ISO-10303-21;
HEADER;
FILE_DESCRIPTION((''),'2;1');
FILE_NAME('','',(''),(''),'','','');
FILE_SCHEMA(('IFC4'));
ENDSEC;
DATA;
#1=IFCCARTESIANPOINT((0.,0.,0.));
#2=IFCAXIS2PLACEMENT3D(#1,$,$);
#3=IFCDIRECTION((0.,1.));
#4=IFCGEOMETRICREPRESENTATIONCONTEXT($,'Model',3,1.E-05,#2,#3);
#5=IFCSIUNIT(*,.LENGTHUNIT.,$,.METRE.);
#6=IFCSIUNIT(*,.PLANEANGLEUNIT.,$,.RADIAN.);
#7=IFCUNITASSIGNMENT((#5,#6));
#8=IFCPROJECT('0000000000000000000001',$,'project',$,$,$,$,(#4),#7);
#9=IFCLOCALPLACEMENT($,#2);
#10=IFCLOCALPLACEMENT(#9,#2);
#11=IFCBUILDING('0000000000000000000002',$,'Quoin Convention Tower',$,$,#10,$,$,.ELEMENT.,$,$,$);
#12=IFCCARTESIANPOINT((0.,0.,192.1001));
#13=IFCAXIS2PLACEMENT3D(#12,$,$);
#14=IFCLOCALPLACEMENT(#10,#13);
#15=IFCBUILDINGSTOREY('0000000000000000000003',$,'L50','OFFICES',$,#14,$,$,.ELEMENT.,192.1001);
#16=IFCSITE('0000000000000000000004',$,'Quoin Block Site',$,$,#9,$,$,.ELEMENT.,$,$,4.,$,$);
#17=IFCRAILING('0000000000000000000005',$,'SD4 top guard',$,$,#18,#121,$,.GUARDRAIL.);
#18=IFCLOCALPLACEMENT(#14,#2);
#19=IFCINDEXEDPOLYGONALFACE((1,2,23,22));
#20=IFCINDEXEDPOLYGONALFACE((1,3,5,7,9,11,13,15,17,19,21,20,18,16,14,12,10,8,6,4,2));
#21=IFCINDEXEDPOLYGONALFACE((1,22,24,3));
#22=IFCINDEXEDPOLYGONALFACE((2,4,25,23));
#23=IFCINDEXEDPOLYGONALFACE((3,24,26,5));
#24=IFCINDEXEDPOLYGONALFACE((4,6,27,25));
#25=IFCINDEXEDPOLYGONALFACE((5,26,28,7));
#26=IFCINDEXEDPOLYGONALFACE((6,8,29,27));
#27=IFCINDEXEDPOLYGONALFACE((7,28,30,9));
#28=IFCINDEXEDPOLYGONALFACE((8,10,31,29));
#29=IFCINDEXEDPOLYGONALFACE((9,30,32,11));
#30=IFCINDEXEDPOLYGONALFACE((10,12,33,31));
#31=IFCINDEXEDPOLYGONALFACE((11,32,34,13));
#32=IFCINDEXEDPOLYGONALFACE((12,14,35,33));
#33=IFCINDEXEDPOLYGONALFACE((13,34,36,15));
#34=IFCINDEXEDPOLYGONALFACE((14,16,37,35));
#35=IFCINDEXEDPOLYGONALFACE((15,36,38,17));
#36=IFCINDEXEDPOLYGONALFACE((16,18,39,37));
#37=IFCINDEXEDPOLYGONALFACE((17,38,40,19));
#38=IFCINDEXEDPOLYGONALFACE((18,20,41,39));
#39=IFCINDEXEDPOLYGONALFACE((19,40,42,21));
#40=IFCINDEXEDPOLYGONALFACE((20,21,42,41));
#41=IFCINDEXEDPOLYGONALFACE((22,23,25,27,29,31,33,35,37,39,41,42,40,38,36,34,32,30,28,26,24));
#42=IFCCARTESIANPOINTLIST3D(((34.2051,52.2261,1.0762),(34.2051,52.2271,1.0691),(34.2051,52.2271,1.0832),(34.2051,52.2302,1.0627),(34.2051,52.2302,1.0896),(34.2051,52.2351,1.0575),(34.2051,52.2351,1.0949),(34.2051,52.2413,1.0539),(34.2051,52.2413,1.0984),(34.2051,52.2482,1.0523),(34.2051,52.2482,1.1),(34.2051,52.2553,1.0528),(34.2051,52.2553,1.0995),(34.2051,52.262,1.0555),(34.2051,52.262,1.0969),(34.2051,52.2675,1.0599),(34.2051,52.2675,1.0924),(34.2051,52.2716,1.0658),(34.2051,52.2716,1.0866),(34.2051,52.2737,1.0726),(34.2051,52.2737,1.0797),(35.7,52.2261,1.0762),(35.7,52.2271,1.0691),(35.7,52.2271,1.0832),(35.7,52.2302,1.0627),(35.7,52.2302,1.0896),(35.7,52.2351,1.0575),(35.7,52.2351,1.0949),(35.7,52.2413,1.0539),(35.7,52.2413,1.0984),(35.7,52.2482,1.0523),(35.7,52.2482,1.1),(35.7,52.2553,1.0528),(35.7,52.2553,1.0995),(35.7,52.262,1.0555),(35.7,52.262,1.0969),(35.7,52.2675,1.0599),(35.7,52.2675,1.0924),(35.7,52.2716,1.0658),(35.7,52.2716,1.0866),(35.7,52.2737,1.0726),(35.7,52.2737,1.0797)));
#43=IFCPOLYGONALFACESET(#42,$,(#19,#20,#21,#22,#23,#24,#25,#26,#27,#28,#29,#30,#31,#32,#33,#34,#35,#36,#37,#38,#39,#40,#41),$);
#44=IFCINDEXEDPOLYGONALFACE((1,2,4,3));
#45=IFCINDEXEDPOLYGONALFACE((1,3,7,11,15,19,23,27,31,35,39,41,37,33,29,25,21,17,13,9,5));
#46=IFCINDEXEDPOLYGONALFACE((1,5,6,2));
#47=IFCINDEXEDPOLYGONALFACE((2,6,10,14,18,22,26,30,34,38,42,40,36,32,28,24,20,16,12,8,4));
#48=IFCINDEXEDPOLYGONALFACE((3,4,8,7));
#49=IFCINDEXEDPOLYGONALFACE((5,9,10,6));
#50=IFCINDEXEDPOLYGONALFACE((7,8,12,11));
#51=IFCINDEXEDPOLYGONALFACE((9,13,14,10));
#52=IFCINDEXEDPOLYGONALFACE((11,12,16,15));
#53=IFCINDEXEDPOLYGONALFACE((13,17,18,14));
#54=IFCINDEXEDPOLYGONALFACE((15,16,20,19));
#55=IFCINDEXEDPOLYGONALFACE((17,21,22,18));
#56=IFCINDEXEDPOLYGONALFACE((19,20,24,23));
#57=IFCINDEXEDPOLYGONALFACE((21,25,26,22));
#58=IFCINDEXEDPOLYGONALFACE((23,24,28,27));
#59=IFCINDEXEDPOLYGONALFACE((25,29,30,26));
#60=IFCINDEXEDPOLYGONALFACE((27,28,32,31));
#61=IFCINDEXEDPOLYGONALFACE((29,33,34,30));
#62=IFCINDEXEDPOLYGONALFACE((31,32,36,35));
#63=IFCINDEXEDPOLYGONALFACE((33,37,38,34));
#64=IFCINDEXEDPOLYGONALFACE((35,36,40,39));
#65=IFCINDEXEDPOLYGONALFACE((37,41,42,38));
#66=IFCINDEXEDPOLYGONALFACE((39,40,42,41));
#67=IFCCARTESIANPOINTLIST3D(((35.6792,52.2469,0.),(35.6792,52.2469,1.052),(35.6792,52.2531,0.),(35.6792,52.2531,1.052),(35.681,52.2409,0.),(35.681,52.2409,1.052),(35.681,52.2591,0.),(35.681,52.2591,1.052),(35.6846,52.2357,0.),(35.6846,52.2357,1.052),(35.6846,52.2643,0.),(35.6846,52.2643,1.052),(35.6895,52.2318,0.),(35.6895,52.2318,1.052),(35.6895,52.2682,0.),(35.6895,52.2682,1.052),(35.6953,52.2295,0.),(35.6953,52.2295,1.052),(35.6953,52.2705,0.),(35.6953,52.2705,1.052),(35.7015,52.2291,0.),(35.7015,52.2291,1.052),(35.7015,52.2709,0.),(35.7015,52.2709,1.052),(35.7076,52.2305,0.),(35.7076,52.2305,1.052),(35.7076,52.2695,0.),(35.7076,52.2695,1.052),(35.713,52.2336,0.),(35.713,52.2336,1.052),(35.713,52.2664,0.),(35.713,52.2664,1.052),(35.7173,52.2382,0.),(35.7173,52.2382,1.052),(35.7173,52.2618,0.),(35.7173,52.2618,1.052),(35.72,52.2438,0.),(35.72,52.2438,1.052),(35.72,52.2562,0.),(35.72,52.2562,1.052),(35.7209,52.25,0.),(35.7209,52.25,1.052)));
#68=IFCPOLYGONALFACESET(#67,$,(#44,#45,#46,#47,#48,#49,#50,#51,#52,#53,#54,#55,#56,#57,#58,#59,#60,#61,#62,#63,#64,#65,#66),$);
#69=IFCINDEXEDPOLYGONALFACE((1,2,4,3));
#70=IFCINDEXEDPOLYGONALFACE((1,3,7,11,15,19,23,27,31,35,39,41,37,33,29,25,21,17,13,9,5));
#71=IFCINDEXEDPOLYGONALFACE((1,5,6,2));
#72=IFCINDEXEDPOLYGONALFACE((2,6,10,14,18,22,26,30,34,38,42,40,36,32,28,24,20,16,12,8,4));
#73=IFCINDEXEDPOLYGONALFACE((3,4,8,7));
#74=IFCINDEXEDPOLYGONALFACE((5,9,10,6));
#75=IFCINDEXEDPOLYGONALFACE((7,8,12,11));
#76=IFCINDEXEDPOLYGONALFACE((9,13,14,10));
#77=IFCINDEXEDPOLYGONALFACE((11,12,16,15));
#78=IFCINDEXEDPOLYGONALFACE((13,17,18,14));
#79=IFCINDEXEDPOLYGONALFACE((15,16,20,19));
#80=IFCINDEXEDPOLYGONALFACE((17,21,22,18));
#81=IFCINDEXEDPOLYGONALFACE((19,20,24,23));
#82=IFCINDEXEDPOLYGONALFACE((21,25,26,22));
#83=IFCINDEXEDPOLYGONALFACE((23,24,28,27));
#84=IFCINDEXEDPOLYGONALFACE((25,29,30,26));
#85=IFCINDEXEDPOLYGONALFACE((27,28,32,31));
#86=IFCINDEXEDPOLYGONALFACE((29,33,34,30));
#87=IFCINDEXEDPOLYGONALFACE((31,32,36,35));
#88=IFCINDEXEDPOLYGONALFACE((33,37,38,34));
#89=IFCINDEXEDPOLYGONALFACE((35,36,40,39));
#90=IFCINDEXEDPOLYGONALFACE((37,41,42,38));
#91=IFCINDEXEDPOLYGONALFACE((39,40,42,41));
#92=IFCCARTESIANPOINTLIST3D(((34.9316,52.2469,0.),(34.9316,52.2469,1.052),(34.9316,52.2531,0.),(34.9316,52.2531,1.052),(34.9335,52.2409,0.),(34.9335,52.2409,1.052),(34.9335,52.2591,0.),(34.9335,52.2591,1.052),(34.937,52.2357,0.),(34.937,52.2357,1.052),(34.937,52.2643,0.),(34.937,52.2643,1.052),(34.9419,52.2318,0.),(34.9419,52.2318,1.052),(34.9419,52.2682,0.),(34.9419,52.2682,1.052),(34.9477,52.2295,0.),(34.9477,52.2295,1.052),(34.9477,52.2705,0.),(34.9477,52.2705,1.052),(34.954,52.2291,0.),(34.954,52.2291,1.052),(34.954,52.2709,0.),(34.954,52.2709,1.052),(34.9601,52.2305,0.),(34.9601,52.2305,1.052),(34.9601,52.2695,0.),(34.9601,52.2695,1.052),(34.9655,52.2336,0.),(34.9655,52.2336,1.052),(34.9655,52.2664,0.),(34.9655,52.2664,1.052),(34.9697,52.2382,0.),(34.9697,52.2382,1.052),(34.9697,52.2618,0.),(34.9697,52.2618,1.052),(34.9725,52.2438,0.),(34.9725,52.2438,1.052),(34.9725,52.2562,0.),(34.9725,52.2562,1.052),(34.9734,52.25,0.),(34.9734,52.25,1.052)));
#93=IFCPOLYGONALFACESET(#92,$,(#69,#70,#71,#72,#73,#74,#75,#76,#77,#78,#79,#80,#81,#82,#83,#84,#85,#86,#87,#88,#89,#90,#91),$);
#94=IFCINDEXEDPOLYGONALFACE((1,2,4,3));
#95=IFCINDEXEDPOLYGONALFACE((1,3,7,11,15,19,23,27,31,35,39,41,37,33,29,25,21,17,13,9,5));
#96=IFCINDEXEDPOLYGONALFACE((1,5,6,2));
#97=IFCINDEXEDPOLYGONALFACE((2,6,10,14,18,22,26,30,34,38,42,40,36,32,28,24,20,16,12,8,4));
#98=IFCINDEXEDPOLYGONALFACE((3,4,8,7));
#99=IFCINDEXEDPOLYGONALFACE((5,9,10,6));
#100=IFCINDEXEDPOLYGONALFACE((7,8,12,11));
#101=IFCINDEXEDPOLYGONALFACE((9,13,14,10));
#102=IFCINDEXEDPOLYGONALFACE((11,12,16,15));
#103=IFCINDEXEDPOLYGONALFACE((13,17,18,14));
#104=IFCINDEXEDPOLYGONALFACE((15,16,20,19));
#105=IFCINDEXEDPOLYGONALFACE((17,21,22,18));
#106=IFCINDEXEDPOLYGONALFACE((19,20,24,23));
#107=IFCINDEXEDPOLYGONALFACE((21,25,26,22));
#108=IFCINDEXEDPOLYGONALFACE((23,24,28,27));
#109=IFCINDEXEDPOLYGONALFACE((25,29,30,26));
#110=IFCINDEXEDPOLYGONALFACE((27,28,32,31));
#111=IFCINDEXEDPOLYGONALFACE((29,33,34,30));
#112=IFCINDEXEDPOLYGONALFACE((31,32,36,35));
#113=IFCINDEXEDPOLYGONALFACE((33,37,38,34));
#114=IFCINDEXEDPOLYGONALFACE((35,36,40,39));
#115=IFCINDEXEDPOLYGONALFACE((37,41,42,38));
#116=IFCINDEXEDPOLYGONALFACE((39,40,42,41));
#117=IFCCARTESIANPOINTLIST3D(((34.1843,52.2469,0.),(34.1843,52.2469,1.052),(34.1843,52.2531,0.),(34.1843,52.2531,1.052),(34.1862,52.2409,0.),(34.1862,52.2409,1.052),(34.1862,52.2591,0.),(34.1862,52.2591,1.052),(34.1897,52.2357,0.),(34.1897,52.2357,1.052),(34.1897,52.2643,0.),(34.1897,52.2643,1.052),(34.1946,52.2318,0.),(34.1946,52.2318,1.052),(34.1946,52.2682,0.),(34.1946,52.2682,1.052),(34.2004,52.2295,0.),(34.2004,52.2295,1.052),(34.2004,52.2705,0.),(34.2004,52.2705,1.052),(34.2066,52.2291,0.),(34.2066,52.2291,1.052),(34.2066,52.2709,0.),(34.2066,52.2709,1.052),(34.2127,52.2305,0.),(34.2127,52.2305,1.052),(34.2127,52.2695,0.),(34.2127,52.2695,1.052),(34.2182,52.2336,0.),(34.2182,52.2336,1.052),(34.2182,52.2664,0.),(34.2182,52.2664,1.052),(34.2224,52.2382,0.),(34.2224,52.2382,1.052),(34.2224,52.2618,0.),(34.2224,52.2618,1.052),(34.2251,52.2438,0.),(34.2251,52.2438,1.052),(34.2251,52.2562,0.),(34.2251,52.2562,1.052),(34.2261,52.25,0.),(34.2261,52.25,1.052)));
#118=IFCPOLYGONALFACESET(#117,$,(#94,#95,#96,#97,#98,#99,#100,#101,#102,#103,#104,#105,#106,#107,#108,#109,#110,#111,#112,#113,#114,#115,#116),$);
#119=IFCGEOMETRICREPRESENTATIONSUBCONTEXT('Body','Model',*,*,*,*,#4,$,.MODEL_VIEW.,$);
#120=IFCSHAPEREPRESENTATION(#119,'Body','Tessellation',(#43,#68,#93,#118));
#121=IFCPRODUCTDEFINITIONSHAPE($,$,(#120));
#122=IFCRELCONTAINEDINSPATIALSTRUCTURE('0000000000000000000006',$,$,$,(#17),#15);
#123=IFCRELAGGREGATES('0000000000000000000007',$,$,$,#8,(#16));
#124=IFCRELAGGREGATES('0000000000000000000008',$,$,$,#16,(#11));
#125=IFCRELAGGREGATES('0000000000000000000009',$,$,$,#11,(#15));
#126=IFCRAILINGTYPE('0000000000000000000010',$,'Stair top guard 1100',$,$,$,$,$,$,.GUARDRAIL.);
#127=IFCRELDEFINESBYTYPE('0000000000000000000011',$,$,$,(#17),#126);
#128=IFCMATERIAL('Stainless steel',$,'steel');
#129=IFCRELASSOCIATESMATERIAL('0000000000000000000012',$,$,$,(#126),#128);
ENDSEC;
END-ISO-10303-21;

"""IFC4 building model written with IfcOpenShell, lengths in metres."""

from ifc_helpers import new_model, si_unit, direction, frame, origin, origin_2d, place, context, subcontext, project, spatial, circle, extrude, material, type_object, element, save


model = new_model("IFC4")

# Units and contexts
model_context = context("Model", 3, precision=1e-05, world=origin(), true_north=direction((0.0, 1.0)))
body_context = subcontext(model_context, "Body", "Model", "MODEL_VIEW")
ifc_project = project(units=[si_unit("LENGTHUNIT", "METRE"), si_unit("PLANEANGLEUNIT", "RADIAN")], contexts=[model_context])

# Site, building, storey
site_placement = place(None, origin())
site = spatial("IfcSite", under=ifc_project, at=site_placement, Name="Quoin Block Site", CompositionType="ELEMENT", RefElevation=4.0)
building_placement = place(site_placement, origin())
building = spatial("IfcBuilding", under=site, at=building_placement, Name="Quoin Convention Tower", CompositionType="ELEMENT")
storey_placement = place(building_placement, frame((0.0, 0.0, 192.1001)))
storey = spatial("IfcBuildingStorey", under=building, at=storey_placement, Name="L50", Description="OFFICES", CompositionType="ELEMENT", Elevation=192.1001)

# Railing
ifc_material_1 = material(Name="Stainless steel", Category="steel")
railing_type_1 = type_object("IfcRailingType", Name="Stair top guard 1100", PredefinedType="GUARDRAIL", material=ifc_material_1)
railing_1_placement = place(storey_placement, frame((35.7, 52.25, 0.0)))
element("IfcRailing", 1, at=railing_1_placement, inside=storey, type_object=railing_type_1, Name="SD4 top guard", PredefinedType="GUARDRAIL", context=body_context, shape_type="SweptSolid", body=[
    extrude(circle(Radius=0.0239, at=origin_2d()), frame((0.0, 0.0, 1.0762), z_axis=(-1.0, 0.0, 0.0), x_axis=(0.0, -1.0, 0.0)), (0.0, 0.0, 1.0), 1.4949),
    extrude(circle(Radius=0.021, at=origin_2d()), origin(), (0.0, 0.0, 1.0), 1.052),
    extrude(circle(Radius=0.021, at=origin_2d()), frame((-0.7476, 0.0, 0.0)), (0.0, 0.0, 1.0), 1.052),
    extrude(circle(Radius=0.021, at=origin_2d()), frame((-1.4949, 0.0, 0.0)), (0.0, 0.0, 1.0), 1.052),
])

save(model, "model.ifc")
